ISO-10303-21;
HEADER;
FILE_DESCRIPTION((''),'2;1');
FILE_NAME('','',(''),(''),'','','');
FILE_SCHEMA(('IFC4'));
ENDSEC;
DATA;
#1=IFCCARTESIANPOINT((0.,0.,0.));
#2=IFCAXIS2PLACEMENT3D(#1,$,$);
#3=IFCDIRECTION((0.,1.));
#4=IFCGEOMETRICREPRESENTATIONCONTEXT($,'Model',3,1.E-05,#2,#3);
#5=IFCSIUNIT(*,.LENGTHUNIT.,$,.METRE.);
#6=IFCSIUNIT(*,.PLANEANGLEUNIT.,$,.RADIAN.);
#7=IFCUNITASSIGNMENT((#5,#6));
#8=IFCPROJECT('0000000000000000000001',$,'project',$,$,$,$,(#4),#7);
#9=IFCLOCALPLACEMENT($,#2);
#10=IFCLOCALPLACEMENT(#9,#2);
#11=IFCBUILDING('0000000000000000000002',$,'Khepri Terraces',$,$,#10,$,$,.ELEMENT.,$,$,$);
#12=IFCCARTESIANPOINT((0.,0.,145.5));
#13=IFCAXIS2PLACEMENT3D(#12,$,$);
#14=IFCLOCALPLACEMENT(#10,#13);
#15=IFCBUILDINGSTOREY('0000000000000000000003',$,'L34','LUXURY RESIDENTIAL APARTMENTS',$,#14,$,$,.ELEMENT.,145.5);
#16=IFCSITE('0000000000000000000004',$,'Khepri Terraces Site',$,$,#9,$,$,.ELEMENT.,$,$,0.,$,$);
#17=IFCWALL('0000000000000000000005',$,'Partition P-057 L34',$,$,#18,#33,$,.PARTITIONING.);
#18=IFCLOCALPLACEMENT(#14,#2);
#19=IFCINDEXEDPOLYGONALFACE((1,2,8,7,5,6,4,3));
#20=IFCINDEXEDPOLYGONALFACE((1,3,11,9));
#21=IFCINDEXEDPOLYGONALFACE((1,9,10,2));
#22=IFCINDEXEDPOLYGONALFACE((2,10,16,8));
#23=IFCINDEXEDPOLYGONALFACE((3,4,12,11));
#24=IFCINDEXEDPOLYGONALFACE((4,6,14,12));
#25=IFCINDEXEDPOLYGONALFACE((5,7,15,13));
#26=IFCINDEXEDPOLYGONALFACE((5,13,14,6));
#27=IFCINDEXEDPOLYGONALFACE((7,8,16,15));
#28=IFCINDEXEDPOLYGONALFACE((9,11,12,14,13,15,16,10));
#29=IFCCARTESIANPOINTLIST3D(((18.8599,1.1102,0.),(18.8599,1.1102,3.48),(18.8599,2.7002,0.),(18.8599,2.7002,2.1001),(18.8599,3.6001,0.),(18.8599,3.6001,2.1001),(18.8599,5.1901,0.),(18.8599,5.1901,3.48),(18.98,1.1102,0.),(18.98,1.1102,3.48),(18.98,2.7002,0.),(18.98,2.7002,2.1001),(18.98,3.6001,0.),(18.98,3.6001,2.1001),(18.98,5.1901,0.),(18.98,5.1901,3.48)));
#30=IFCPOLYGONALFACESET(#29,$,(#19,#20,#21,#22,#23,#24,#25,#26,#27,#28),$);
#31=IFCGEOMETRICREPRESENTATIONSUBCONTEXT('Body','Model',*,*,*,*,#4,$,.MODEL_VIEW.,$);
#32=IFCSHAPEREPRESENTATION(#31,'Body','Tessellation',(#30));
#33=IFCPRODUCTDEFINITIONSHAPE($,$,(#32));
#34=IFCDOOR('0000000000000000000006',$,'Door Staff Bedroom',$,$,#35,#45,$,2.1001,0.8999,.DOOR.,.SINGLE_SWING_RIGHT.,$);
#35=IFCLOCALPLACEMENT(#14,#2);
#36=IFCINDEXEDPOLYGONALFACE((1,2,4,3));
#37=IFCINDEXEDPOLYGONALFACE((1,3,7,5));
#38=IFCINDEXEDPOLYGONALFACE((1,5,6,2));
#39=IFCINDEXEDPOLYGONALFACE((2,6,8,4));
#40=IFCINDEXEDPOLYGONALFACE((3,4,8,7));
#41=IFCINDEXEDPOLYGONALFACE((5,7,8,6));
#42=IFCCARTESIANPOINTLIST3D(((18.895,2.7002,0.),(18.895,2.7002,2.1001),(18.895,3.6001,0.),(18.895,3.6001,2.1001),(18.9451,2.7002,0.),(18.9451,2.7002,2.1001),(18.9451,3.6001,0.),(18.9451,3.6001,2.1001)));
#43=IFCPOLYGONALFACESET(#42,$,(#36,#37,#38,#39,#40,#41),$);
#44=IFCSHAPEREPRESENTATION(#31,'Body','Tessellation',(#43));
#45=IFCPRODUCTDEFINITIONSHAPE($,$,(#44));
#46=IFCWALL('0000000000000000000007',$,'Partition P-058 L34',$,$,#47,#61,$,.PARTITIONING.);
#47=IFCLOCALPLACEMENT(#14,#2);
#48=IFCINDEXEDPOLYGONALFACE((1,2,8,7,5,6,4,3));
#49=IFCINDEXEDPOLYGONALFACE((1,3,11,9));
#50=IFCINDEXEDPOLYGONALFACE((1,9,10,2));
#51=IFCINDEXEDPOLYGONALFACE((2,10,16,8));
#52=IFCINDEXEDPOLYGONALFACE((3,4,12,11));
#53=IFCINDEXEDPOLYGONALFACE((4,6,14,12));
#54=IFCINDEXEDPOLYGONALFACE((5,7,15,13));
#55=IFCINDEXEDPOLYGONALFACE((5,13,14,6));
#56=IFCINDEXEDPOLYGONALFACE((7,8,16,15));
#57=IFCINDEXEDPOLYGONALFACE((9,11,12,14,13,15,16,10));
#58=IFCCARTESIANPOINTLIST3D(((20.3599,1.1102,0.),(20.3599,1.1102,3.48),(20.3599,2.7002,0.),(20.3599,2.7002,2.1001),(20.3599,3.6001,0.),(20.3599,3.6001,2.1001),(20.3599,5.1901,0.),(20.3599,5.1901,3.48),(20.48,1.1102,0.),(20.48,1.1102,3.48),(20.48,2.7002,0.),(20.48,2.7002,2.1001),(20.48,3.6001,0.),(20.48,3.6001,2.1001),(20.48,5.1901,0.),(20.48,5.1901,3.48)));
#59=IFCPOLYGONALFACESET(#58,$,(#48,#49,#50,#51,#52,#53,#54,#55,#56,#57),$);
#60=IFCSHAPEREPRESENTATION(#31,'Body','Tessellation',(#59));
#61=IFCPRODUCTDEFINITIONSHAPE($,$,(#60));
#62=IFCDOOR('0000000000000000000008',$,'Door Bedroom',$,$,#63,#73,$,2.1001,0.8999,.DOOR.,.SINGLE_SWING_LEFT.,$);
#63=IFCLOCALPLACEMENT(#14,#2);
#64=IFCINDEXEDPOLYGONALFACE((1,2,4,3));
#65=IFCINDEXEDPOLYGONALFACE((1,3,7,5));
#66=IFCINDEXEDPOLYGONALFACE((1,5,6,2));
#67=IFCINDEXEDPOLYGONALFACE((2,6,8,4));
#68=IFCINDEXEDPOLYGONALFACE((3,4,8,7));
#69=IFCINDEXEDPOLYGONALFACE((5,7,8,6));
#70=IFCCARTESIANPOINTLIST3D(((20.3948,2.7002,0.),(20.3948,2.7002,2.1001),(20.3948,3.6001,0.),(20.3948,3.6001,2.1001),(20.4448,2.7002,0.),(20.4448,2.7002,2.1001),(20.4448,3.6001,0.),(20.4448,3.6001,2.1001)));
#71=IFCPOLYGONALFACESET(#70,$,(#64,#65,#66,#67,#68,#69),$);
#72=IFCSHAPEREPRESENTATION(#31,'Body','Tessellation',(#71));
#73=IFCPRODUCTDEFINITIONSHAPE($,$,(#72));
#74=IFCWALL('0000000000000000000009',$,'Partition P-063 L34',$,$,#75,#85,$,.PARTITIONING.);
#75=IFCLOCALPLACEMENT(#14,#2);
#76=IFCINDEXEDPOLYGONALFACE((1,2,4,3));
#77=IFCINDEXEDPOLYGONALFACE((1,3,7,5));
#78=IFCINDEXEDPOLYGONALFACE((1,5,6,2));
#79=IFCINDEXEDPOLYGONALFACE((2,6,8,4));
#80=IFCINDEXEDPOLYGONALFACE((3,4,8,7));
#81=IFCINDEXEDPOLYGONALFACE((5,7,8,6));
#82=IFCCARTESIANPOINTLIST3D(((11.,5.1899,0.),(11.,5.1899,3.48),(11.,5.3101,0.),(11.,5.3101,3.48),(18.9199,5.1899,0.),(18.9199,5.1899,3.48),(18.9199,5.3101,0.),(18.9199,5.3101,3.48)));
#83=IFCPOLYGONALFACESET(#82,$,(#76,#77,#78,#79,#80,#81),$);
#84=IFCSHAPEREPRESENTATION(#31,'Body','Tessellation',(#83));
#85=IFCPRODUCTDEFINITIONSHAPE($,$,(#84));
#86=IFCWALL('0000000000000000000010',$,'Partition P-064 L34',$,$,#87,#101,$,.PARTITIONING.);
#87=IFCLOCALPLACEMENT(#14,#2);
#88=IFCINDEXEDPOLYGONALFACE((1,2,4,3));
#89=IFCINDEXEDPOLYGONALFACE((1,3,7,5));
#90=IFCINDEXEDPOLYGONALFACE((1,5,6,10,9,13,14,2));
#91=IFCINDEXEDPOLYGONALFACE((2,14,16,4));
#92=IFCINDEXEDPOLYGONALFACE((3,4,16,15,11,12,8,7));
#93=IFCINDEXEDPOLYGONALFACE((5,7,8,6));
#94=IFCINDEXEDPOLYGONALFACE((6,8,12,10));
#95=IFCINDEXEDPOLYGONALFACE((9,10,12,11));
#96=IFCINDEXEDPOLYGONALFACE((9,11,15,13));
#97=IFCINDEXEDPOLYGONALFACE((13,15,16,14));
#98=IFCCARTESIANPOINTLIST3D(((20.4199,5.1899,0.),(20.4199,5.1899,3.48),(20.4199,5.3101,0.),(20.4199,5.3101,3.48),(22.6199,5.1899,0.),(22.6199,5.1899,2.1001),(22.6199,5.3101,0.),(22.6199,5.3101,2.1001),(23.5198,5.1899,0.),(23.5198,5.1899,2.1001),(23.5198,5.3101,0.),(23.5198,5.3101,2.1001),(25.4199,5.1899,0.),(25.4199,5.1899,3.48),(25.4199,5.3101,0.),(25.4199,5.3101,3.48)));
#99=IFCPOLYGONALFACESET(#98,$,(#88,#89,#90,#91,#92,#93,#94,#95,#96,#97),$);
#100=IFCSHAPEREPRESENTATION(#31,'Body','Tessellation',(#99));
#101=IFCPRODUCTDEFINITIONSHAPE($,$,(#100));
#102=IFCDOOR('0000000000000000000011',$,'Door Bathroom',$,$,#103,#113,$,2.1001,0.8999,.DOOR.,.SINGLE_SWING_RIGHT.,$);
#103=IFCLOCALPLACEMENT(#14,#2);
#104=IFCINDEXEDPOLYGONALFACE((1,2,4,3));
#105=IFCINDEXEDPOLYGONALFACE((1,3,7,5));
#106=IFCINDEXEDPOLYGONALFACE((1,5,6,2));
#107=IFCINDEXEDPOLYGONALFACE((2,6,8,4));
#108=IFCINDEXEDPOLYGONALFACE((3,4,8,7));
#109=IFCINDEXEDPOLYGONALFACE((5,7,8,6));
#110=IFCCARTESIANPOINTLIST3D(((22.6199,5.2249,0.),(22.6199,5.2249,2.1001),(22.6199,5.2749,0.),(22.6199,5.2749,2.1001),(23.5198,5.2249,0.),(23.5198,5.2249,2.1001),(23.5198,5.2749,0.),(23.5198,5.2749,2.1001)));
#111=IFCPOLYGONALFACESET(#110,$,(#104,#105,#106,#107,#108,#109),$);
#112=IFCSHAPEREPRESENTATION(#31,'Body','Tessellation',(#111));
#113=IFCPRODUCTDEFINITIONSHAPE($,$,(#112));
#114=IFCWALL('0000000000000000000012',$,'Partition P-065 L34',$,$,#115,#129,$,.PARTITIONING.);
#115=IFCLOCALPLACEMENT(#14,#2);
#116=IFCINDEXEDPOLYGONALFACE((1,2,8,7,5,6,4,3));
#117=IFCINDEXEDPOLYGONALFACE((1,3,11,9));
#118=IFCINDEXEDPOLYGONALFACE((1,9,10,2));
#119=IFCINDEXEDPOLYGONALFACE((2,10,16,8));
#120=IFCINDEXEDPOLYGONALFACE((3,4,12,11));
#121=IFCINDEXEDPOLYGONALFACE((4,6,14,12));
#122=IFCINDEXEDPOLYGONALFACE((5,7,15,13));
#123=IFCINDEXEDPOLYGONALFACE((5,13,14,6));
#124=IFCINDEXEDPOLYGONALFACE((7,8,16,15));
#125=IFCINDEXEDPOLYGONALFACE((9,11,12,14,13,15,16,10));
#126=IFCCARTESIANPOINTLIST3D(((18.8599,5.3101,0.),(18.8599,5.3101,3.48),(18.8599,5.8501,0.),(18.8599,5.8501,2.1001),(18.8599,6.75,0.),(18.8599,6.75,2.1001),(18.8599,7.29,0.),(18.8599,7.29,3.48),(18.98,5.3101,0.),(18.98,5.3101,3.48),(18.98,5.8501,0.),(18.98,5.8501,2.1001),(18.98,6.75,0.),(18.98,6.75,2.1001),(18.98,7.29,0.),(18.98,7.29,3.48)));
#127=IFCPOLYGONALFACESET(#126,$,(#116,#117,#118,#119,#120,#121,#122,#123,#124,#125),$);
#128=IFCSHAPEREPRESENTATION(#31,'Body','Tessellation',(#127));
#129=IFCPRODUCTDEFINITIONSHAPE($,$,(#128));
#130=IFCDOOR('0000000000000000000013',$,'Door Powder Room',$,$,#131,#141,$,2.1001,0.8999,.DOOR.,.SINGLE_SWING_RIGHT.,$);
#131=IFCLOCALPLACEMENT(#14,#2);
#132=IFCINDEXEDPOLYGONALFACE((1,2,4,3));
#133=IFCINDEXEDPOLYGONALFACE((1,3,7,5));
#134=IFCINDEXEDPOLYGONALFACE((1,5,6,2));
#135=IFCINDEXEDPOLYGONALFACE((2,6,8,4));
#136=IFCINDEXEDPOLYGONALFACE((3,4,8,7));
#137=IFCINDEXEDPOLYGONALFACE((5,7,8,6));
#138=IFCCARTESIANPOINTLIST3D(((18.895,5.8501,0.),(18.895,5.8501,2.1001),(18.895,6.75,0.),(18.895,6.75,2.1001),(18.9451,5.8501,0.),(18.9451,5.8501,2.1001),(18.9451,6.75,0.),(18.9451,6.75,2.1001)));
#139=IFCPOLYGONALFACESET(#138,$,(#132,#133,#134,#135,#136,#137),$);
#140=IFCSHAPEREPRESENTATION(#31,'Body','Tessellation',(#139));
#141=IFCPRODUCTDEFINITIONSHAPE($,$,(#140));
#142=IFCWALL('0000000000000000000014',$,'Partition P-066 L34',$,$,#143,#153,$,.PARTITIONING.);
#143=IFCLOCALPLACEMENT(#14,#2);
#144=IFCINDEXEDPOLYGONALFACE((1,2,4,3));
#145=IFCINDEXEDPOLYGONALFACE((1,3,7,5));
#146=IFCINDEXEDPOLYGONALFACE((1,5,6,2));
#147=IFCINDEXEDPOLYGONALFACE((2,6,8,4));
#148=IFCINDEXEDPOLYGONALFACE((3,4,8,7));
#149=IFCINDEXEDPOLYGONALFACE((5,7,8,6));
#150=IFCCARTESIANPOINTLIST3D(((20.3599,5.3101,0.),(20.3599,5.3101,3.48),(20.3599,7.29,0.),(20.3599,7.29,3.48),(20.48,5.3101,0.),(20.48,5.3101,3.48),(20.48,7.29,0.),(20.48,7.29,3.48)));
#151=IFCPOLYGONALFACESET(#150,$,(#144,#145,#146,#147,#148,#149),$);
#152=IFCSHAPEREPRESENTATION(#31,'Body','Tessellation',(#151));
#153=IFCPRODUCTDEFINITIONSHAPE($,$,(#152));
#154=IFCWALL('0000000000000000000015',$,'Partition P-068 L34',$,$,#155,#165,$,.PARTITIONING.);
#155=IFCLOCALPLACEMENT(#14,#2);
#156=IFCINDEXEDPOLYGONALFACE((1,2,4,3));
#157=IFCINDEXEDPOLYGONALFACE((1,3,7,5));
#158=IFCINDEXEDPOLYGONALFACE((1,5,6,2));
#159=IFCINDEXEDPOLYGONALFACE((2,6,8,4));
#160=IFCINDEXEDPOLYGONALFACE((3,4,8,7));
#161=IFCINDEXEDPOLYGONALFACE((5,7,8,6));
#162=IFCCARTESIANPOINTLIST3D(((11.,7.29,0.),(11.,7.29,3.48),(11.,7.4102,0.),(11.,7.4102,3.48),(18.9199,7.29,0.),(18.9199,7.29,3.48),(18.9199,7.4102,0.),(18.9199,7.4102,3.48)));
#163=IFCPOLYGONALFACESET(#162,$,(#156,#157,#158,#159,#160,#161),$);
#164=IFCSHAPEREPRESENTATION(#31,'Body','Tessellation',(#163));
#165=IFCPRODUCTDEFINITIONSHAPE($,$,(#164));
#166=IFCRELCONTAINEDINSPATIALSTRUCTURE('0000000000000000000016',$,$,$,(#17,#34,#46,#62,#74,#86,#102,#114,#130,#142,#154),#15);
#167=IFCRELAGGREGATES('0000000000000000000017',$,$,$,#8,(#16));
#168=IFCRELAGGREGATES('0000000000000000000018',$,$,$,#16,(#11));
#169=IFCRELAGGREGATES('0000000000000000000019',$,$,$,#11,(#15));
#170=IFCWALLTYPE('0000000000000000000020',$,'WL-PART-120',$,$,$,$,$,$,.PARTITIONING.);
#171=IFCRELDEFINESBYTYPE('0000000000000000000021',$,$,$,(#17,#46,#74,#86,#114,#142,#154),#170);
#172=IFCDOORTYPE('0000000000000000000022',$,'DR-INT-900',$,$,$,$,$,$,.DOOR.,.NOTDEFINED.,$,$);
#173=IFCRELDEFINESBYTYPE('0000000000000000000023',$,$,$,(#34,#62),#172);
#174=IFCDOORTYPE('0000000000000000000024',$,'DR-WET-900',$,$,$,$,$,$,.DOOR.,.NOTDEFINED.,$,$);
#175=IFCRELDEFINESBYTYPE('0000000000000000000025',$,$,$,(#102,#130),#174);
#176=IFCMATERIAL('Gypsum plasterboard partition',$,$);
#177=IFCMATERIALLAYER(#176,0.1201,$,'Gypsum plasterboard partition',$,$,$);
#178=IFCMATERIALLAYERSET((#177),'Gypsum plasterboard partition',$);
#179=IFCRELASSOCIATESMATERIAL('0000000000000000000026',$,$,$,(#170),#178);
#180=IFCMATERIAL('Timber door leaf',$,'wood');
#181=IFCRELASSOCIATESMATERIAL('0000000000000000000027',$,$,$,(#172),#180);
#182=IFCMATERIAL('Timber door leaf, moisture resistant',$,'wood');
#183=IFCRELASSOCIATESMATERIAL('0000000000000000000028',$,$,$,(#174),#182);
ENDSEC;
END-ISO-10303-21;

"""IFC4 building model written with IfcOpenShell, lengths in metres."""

from ifc_helpers import new_model, si_unit, direction, frame, frame_2d, origin, place, context, subcontext, project, spatial, rectangle, extrude, material, layer, layer_set, type_object, element, fill, save


model = new_model("IFC4")

# Units and contexts
model_context = context("Model", 3, precision=1e-05, world=origin(), true_north=direction((0.0, 1.0)))
body_context = subcontext(model_context, "Body", "Model", "MODEL_VIEW")
ifc_project = project(units=[si_unit("LENGTHUNIT", "METRE"), si_unit("PLANEANGLEUNIT", "RADIAN")], contexts=[model_context])

# Site, building, storey
site_placement = place(None, origin())
site = spatial("IfcSite", under=ifc_project, at=site_placement, Name="Khepri Terraces Site", CompositionType="ELEMENT", RefElevation=0.0)
building_placement = place(site_placement, origin())
building = spatial("IfcBuilding", under=site, at=building_placement, Name="Khepri Terraces", CompositionType="ELEMENT")
storey_placement = place(building_placement, frame((0.0, 0.0, 145.5)))
storey = spatial("IfcBuildingStorey", under=building, at=storey_placement, Name="L34", Description="LUXURY RESIDENTIAL APARTMENTS", CompositionType="ELEMENT", Elevation=145.5)

# Shared definitions
ifc_material_1 = material(Name="Gypsum plasterboard partition")
ifc_layer_1 = layer(ifc_material_1, 0.1201, Name="Gypsum plasterboard partition")
ifc_layer_set_1 = layer_set([ifc_layer_1], Name="Gypsum plasterboard partition")
wall_type_1 = type_object("IfcWallType", Name="WL-PART-120", PredefinedType="PARTITIONING", material=ifc_layer_set_1)

# Walls, openings, doors
wall_1_placement = place(storey_placement, frame((18.9199, 1.1101, 0.0), z_axis=(0.0, 0.0, 1.0), x_axis=(0.0, 1.0, 0.0)))
wall_1 = element("IfcWall", 1, at=wall_1_placement, inside=storey, type_object=wall_type_1, Name="Partition P-057 L34", PredefinedType="PARTITIONING", context=body_context, shape_type="SweptSolid", body=[
    extrude(rectangle(XDim=4.0798, YDim=0.1201, at=frame_2d((2.04, 0.0))), origin(), (0.0, 0.0, 1.0), 3.48),
])
opening_1_placement = place(wall_1_placement, frame((1.5901, 0.0, 0.0)))
opening_1 = element("IfcOpeningElement", 2, at=opening_1_placement, cuts=wall_1, PredefinedType="OPENING", context=body_context, shape_type="SweptSolid", body=[
    extrude(rectangle(XDim=0.8999, YDim=2.1001, at=frame_2d((0.45, 1.05))), frame((0.0, 0.0701, 0.0), z_axis=(0.0, -1.0, 0.0), x_axis=(1.0, 0.0, 0.0)), (0.0, 0.0, 1.0), 0.1401),
])
ifc_material_2 = material(Name="Timber door leaf", Category="wood")
door_type_1 = type_object("IfcDoorType", Name="DR-INT-900", OperationType="NOTDEFINED", PredefinedType="DOOR", material=ifc_material_2)
door_1_placement = place(opening_1_placement, origin())
door_1 = element("IfcDoor", 3, at=door_1_placement, inside=storey, type_object=door_type_1, Name="Door Staff Bedroom", OperationType="SINGLE_SWING_RIGHT", OverallHeight=2.1001, OverallWidth=0.8999, PredefinedType="DOOR", context=body_context, shape_type="SweptSolid", body=[
    extrude(rectangle(XDim=0.8999, YDim=2.1001, at=frame_2d((0.45, 1.05))), frame((0.0, 0.0249, 0.0), z_axis=(0.0, -1.0, 0.0), x_axis=(1.0, 0.0, 0.0)), (0.0, 0.0, 1.0), 0.05),
])
fill(opening_1, door_1)
wall_2_placement = place(storey_placement, frame((20.4199, 1.1101, 0.0), z_axis=(0.0, 0.0, 1.0), x_axis=(0.0, 1.0, 0.0)))
wall_2 = element("IfcWall", 4, at=wall_2_placement, inside=storey, type_object=wall_type_1, Name="Partition P-058 L34", PredefinedType="PARTITIONING", context=body_context, shape_type="SweptSolid", body=[
    extrude(rectangle(XDim=4.0798, YDim=0.1201, at=frame_2d((2.04, 0.0))), origin(), (0.0, 0.0, 1.0), 3.48),
])
opening_2_placement = place(wall_2_placement, frame((1.5901, 0.0, 0.0)))
opening_2 = element("IfcOpeningElement", 5, at=opening_2_placement, cuts=wall_2, PredefinedType="OPENING", context=body_context, shape_type="SweptSolid", body=[
    extrude(rectangle(XDim=0.8999, YDim=2.1001, at=frame_2d((0.45, 1.05))), frame((0.0, 0.0701, 0.0), z_axis=(0.0, -1.0, 0.0), x_axis=(1.0, 0.0, 0.0)), (0.0, 0.0, 1.0), 0.1401),
])
door_2_placement = place(opening_2_placement, frame((0.8999, 0.0, 0.0), z_axis=(0.0, 0.0, 1.0), x_axis=(-1.0, 0.0, 0.0)))
door_2 = element("IfcDoor", 6, at=door_2_placement, inside=storey, type_object=door_type_1, Name="Door Bedroom", OperationType="SINGLE_SWING_LEFT", OverallHeight=2.1001, OverallWidth=0.8999, PredefinedType="DOOR", context=body_context, shape_type="SweptSolid", body=[
    extrude(rectangle(XDim=0.8999, YDim=2.1001, at=frame_2d((0.45, 1.05))), frame((0.0, 0.0249, 0.0), z_axis=(0.0, -1.0, 0.0), x_axis=(1.0, 0.0, 0.0)), (0.0, 0.0, 1.0), 0.05),
])
fill(opening_2, door_2)

# Wall
wall_3_placement = place(storey_placement, frame((11.0, 5.25, 0.0), z_axis=(0.0, 0.0, 1.0), x_axis=(1.0, 0.0, 0.0)))
element("IfcWall", 7, at=wall_3_placement, inside=storey, type_object=wall_type_1, Name="Partition P-063 L34", PredefinedType="PARTITIONING", context=body_context, shape_type="SweptSolid", body=[
    extrude(rectangle(XDim=7.9199, YDim=0.1201, at=frame_2d((3.96, 0.0))), origin(), (0.0, 0.0, 1.0), 3.48),
])

# Walls, openings, doors
wall_4_placement = place(storey_placement, frame((20.4199, 5.25, 0.0), z_axis=(0.0, 0.0, 1.0), x_axis=(1.0, 0.0, 0.0)))
wall_4 = element("IfcWall", 8, at=wall_4_placement, inside=storey, type_object=wall_type_1, Name="Partition P-064 L34", PredefinedType="PARTITIONING", context=body_context, shape_type="SweptSolid", body=[
    extrude(rectangle(XDim=5.0, YDim=0.1201, at=frame_2d((2.5, 0.0))), origin(), (0.0, 0.0, 1.0), 3.48),
])
opening_3_placement = place(wall_4_placement, frame((2.2, 0.0, 0.0)))
opening_3 = element("IfcOpeningElement", 9, at=opening_3_placement, cuts=wall_4, PredefinedType="OPENING", context=body_context, shape_type="SweptSolid", body=[
    extrude(rectangle(XDim=0.8999, YDim=2.1001, at=frame_2d((0.45, 1.05))), frame((0.0, 0.0701, 0.0), z_axis=(0.0, -1.0, 0.0), x_axis=(1.0, 0.0, 0.0)), (0.0, 0.0, 1.0), 0.1401),
])
ifc_material_3 = material(Name="Timber door leaf, moisture resistant", Category="wood")
door_type_2 = type_object("IfcDoorType", Name="DR-WET-900", OperationType="NOTDEFINED", PredefinedType="DOOR", material=ifc_material_3)
door_3_placement = place(opening_3_placement, origin())
door_3 = element("IfcDoor", 10, at=door_3_placement, inside=storey, type_object=door_type_2, Name="Door Bathroom", OperationType="SINGLE_SWING_RIGHT", OverallHeight=2.1001, OverallWidth=0.8999, PredefinedType="DOOR", context=body_context, shape_type="SweptSolid", body=[
    extrude(rectangle(XDim=0.8999, YDim=2.1001, at=frame_2d((0.45, 1.05))), frame((0.0, 0.0249, 0.0), z_axis=(0.0, -1.0, 0.0), x_axis=(1.0, 0.0, 0.0)), (0.0, 0.0, 1.0), 0.05),
])
fill(opening_3, door_3)
wall_5_placement = place(storey_placement, frame((18.9199, 5.3101, 0.0), z_axis=(0.0, 0.0, 1.0), x_axis=(0.0, 1.0, 0.0)))
wall_5 = element("IfcWall", 11, at=wall_5_placement, inside=storey, type_object=wall_type_1, Name="Partition P-065 L34", PredefinedType="PARTITIONING", context=body_context, shape_type="SweptSolid", body=[
    extrude(rectangle(XDim=1.98, YDim=0.1201, at=frame_2d((0.99, 0.0))), origin(), (0.0, 0.0, 1.0), 3.48),
])
opening_4_placement = place(wall_5_placement, frame((0.54, 0.0, 0.0)))
opening_4 = element("IfcOpeningElement", 12, at=opening_4_placement, cuts=wall_5, PredefinedType="OPENING", context=body_context, shape_type="SweptSolid", body=[
    extrude(rectangle(XDim=0.8999, YDim=2.1001, at=frame_2d((0.45, 1.05))), frame((0.0, 0.0701, 0.0), z_axis=(0.0, -1.0, 0.0), x_axis=(1.0, 0.0, 0.0)), (0.0, 0.0, 1.0), 0.1401),
])
door_4_placement = place(opening_4_placement, origin())
door_4 = element("IfcDoor", 13, at=door_4_placement, inside=storey, type_object=door_type_2, Name="Door Powder Room", OperationType="SINGLE_SWING_RIGHT", OverallHeight=2.1001, OverallWidth=0.8999, PredefinedType="DOOR", context=body_context, shape_type="SweptSolid", body=[
    extrude(rectangle(XDim=0.8999, YDim=2.1001, at=frame_2d((0.45, 1.05))), frame((0.0, 0.0249, 0.0), z_axis=(0.0, -1.0, 0.0), x_axis=(1.0, 0.0, 0.0)), (0.0, 0.0, 1.0), 0.05),
])
fill(opening_4, door_4)

# Walls
wall_6_placement = place(storey_placement, frame((20.4199, 5.3101, 0.0), z_axis=(0.0, 0.0, 1.0), x_axis=(0.0, 1.0, 0.0)))
element("IfcWall", 14, at=wall_6_placement, inside=storey, type_object=wall_type_1, Name="Partition P-066 L34", PredefinedType="PARTITIONING", context=body_context, shape_type="SweptSolid", body=[
    extrude(rectangle(XDim=1.98, YDim=0.1201, at=frame_2d((0.99, 0.0))), origin(), (0.0, 0.0, 1.0), 3.48),
])
wall_7_placement = place(storey_placement, frame((11.0, 7.3501, 0.0), z_axis=(0.0, 0.0, 1.0), x_axis=(1.0, 0.0, 0.0)))
element("IfcWall", 15, at=wall_7_placement, inside=storey, type_object=wall_type_1, Name="Partition P-068 L34", PredefinedType="PARTITIONING", context=body_context, shape_type="SweptSolid", body=[
    extrude(rectangle(XDim=7.9199, YDim=0.1201, at=frame_2d((3.96, 0.0))), origin(), (0.0, 0.0, 1.0), 3.48),
])

save(model, "model.ifc")
